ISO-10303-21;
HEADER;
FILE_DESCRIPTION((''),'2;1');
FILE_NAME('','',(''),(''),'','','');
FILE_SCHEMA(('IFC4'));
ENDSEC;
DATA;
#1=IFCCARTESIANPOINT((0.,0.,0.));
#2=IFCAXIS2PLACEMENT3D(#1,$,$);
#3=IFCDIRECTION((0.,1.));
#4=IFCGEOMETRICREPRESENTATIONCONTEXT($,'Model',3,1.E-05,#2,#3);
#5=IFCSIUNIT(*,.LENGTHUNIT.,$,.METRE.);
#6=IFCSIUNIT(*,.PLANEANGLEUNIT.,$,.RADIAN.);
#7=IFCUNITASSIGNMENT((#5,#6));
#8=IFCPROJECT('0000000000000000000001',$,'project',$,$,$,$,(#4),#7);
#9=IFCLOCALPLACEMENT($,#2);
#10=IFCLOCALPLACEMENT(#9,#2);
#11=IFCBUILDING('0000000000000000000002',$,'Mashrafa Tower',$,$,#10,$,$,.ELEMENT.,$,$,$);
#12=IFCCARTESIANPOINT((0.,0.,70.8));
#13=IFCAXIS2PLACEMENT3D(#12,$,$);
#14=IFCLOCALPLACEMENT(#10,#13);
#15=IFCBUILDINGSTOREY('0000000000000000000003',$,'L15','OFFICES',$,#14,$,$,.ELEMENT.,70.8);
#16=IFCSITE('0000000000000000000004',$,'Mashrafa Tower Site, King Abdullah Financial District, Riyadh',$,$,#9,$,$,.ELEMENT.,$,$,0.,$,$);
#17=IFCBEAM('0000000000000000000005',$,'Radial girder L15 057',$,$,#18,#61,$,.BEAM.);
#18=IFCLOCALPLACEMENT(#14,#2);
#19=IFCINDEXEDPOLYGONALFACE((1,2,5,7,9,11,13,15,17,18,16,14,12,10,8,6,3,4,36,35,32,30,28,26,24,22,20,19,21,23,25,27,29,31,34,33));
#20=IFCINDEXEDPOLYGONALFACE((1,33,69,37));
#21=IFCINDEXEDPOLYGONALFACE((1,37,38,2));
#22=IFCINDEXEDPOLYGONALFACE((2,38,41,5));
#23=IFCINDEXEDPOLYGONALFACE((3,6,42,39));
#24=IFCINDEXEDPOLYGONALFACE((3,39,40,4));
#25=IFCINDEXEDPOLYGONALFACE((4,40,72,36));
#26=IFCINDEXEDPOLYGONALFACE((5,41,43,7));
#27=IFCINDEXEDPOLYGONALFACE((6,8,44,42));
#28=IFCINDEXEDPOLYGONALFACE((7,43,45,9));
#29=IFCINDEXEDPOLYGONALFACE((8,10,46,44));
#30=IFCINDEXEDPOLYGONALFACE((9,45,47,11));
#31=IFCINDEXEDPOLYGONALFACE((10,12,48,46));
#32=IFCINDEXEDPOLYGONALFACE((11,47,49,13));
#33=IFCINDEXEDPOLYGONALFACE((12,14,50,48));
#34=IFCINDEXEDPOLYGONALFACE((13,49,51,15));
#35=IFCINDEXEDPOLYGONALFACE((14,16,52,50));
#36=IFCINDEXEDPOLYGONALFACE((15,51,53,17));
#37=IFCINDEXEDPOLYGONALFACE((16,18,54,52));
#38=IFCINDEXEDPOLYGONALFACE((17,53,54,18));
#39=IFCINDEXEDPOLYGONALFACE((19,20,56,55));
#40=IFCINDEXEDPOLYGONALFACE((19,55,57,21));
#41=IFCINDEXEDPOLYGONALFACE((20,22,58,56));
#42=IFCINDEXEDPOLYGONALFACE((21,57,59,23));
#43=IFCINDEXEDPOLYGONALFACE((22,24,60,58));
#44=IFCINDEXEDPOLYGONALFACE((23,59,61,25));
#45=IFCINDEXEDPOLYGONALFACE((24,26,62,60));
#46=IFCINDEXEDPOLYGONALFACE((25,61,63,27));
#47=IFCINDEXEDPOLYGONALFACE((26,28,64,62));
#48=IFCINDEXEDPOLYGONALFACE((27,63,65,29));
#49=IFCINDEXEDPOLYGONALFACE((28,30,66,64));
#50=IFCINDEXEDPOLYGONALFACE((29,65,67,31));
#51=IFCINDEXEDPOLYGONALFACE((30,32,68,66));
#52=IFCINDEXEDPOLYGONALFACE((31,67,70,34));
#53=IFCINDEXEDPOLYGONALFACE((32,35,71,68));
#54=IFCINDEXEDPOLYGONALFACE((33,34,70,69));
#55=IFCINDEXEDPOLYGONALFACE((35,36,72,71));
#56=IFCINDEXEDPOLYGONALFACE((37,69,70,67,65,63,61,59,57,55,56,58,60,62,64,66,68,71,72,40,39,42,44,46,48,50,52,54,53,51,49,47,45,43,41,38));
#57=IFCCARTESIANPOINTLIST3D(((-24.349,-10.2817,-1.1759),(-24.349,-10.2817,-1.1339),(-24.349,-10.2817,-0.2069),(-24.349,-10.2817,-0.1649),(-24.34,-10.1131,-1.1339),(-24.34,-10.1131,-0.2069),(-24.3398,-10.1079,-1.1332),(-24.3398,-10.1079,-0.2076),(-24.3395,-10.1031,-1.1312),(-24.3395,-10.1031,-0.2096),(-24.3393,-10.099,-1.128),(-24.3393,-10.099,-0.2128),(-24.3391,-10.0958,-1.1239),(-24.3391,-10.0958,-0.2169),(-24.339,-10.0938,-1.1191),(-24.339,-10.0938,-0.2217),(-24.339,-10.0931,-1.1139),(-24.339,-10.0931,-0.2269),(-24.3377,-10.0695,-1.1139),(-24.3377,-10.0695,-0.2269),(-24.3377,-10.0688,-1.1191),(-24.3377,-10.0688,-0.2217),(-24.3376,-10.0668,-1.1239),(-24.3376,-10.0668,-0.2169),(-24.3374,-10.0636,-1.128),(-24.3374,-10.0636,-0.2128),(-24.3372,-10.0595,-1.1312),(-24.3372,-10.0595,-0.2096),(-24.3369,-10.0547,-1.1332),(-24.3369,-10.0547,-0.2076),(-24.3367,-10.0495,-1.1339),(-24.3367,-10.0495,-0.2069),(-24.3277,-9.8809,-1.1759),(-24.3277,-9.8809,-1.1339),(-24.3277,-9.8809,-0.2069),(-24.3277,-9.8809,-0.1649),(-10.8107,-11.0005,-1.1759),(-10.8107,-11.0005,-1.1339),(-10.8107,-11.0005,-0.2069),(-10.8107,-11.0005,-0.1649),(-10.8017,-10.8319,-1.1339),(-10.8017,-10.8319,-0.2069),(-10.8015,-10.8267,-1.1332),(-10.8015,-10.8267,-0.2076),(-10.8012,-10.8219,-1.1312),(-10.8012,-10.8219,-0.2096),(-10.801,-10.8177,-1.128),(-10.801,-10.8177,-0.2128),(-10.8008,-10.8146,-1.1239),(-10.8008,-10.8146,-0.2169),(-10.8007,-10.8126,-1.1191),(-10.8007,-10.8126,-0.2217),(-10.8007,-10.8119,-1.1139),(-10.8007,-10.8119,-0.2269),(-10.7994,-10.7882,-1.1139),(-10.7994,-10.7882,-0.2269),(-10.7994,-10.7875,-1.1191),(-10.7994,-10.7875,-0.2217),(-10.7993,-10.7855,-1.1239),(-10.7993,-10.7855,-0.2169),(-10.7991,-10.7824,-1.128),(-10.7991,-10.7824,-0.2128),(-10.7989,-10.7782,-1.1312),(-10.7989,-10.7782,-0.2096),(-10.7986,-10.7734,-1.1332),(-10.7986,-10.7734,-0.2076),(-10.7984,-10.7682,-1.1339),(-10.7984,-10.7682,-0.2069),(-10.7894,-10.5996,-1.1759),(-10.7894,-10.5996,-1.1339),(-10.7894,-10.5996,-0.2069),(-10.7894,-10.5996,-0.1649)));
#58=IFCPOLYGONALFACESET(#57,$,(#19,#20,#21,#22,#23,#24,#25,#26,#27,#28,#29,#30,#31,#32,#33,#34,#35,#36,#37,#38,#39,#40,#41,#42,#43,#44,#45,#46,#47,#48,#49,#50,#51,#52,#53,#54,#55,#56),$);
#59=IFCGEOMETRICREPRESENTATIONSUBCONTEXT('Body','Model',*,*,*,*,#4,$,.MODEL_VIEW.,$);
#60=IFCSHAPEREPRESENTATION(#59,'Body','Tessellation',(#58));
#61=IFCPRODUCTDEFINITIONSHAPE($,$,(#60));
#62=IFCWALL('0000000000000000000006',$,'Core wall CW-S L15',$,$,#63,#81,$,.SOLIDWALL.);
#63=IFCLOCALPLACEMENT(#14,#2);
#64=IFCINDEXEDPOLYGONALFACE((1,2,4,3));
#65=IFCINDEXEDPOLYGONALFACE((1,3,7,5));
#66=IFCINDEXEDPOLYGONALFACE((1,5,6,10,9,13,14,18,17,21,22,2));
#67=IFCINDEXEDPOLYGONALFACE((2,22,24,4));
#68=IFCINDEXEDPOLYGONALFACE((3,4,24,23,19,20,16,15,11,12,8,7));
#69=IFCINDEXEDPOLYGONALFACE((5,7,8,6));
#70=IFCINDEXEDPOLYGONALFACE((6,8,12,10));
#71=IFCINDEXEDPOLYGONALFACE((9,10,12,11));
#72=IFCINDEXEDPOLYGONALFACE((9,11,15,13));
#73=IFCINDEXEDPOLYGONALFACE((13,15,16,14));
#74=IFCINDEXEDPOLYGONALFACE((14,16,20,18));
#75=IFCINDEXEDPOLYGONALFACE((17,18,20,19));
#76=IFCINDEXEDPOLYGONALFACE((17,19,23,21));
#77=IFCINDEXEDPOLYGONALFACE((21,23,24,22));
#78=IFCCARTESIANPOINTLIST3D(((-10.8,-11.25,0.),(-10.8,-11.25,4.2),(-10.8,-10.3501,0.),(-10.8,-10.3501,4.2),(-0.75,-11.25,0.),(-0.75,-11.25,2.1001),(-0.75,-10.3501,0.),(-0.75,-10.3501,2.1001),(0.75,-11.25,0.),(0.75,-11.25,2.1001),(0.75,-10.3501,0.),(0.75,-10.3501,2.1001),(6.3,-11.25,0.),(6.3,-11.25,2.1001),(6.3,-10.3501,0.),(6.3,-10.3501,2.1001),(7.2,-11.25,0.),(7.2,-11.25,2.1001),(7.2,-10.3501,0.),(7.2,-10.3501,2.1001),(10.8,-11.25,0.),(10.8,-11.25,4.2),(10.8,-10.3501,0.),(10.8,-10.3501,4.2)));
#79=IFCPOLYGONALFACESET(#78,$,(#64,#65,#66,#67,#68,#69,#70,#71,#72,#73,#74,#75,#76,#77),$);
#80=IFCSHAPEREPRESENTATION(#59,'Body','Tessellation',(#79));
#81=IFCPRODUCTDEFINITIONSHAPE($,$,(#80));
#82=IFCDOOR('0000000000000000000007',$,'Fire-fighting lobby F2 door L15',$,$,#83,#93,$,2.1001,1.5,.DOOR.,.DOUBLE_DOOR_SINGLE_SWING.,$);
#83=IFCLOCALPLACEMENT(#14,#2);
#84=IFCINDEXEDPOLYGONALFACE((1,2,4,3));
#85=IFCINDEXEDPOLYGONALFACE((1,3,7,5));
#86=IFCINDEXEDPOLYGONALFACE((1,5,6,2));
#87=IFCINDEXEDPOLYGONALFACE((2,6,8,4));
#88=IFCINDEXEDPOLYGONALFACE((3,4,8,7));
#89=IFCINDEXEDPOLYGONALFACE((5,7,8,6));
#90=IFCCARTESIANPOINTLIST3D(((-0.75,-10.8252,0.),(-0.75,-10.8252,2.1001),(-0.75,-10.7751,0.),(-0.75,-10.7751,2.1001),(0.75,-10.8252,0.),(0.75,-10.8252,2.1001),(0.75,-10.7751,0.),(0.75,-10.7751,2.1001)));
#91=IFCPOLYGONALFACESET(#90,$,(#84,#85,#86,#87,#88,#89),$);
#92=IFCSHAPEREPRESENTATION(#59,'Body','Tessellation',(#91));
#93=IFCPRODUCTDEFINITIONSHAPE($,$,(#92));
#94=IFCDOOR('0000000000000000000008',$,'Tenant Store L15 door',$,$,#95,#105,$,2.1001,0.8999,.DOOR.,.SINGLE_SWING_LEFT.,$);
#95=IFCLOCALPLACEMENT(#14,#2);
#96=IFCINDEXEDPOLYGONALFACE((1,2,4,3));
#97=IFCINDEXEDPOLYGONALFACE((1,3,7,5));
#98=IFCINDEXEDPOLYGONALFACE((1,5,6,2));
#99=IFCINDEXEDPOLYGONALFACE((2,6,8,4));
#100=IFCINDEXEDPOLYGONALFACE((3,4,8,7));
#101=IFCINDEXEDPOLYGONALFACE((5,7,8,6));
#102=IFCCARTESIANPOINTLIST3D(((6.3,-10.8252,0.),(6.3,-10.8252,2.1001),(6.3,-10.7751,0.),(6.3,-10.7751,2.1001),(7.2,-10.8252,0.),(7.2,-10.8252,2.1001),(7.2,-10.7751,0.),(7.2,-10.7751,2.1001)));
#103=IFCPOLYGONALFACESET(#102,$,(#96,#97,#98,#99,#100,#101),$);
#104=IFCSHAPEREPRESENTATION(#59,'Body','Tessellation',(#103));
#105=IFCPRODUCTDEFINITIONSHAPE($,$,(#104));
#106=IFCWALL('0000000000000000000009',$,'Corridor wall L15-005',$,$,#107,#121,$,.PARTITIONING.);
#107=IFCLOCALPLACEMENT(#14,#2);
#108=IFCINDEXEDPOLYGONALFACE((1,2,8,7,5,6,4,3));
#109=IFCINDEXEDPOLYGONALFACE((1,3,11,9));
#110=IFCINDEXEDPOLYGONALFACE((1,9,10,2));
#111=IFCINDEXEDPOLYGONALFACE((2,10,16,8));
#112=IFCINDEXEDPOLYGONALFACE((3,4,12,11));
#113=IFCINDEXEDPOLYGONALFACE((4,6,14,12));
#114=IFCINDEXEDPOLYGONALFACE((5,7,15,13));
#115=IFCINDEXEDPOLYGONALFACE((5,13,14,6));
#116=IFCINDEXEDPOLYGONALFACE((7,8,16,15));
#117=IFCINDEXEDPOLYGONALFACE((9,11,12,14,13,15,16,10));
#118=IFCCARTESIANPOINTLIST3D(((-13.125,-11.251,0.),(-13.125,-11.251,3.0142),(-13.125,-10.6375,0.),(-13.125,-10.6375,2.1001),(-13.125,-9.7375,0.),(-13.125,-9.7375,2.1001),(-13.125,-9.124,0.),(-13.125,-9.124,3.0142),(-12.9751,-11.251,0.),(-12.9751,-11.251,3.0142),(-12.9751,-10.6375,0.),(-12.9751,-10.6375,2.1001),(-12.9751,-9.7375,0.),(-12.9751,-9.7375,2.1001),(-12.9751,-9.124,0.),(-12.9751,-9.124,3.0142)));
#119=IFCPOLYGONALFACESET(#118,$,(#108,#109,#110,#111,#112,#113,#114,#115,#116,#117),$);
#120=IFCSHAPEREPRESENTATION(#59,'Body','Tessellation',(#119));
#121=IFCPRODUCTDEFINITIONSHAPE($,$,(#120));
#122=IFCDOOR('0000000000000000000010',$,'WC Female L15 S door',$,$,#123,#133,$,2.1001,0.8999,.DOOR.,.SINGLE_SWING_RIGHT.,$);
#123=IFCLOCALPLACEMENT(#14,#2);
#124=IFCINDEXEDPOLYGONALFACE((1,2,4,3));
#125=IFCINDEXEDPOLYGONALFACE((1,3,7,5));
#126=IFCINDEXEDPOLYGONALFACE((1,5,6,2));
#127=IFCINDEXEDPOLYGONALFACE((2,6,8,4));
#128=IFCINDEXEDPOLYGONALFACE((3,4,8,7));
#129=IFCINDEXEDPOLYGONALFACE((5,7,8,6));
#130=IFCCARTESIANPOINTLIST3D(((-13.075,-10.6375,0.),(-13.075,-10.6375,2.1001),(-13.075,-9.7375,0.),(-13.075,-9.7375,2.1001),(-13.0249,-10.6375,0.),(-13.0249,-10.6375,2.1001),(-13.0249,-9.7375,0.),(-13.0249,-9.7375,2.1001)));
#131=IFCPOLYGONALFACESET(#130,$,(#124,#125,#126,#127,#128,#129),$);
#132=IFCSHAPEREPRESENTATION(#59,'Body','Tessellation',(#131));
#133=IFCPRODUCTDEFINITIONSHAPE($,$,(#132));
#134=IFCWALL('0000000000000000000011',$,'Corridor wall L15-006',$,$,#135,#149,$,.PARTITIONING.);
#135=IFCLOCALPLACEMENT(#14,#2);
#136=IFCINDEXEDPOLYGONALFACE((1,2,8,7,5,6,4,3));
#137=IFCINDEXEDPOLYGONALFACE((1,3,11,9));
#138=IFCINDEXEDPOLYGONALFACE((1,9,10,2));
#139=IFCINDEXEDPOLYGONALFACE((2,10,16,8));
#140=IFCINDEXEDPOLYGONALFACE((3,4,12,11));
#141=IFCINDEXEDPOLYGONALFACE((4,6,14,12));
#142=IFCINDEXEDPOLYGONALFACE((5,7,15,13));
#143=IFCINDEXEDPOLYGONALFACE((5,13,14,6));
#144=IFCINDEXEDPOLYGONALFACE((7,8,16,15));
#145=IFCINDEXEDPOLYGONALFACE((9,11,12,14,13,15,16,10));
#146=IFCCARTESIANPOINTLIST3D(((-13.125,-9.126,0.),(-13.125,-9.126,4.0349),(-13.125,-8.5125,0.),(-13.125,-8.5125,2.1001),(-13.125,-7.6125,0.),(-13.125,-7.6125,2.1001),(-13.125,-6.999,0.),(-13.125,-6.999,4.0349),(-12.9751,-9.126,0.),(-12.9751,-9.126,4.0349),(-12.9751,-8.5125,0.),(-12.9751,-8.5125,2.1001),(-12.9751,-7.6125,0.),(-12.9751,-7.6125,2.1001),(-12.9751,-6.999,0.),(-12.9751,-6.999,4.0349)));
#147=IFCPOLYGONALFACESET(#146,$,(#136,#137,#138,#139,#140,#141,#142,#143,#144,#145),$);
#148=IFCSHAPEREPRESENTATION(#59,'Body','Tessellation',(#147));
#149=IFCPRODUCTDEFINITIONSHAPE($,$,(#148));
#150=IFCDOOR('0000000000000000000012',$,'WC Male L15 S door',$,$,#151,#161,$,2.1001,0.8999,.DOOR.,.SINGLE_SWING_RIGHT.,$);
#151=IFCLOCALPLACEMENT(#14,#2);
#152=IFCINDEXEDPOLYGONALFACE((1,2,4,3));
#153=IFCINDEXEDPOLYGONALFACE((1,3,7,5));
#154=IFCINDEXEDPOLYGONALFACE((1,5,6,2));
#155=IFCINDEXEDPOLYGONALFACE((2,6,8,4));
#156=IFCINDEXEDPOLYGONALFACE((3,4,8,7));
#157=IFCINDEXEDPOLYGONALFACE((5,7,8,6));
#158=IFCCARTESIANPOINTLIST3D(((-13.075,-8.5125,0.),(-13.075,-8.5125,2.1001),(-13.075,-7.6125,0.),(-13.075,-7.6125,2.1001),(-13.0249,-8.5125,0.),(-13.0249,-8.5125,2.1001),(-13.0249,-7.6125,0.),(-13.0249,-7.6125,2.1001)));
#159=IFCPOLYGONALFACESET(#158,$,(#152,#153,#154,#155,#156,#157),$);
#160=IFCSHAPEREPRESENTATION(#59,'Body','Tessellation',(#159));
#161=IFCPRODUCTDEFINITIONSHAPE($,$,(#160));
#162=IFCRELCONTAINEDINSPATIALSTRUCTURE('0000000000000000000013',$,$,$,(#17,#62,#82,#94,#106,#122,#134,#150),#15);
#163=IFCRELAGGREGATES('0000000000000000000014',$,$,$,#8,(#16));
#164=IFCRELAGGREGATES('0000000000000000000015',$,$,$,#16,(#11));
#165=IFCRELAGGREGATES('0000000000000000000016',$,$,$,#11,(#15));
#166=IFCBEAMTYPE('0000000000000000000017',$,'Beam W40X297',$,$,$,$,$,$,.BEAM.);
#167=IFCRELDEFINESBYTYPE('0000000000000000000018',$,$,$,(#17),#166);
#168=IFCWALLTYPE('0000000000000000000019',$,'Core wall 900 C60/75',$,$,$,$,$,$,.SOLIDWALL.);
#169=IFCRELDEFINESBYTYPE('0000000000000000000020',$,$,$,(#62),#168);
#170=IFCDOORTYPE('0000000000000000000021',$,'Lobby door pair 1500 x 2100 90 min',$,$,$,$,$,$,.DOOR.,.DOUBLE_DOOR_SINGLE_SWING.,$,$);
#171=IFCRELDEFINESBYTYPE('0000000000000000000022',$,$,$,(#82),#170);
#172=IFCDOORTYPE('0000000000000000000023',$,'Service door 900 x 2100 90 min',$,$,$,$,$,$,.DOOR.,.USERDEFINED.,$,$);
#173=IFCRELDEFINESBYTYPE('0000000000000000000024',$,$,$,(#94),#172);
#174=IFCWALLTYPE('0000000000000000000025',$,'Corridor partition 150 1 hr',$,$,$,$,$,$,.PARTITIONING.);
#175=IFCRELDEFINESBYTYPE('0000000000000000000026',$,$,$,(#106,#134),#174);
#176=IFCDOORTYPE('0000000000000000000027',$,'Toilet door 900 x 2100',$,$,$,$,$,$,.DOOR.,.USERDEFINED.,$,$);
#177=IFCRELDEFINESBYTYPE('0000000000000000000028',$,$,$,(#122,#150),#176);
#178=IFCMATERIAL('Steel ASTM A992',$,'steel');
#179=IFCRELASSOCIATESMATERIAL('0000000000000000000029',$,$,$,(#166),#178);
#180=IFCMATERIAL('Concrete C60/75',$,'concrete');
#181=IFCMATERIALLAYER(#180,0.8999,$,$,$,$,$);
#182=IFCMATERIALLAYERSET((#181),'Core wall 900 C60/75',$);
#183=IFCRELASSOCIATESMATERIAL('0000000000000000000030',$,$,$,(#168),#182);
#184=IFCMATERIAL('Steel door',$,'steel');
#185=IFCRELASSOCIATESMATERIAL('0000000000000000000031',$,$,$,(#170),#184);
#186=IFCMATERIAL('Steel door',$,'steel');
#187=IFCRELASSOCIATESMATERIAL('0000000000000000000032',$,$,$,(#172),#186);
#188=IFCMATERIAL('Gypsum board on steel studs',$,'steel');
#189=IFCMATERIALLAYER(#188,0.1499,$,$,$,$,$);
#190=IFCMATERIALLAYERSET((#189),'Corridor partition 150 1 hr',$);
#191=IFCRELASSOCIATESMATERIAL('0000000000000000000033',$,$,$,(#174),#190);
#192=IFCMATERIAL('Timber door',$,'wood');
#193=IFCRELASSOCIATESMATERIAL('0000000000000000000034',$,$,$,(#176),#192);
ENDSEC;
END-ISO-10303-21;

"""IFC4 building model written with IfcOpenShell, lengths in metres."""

from ifc_helpers import new_model, si_unit, direction, frame, frame_2d, origin, origin_2d, place, context, subcontext, project, spatial, rectangle, i_section, extrude, material, layer, layer_set, material_profile, profile_set, type_object, element, fill, save


model = new_model("IFC4")

# Units and contexts
model_context = context("Model", 3, precision=1e-05, world=origin(), true_north=direction((0.0, 1.0)))
body_context = subcontext(model_context, "Body", "Model", "MODEL_VIEW")
ifc_project = project(units=[si_unit("LENGTHUNIT", "METRE"), si_unit("PLANEANGLEUNIT", "RADIAN")], contexts=[model_context])

# Site, building, storey
site_placement = place(None, origin())
site = spatial("IfcSite", under=ifc_project, at=site_placement, Name="Mashrafa Tower Site, King Abdullah Financial District, Riyadh", CompositionType="ELEMENT", RefElevation=0.0)
building_placement = place(site_placement, origin())
building = spatial("IfcBuilding", under=site, at=building_placement, Name="Mashrafa Tower", CompositionType="ELEMENT")
storey_placement = place(building_placement, frame((0.0, 0.0, 70.8)))
storey = spatial("IfcBuildingStorey", under=building, at=storey_placement, Name="L15", Description="OFFICES", CompositionType="ELEMENT", Elevation=70.8)

# Beam
ifc_material_1 = material(Name="Steel ASTM A992", Category="steel")
ifc_material_profile_1 = material_profile(ifc_material_1, i_section(OverallWidth=0.4014, OverallDepth=1.011, WebThickness=0.0237, FlangeThickness=0.042, FilletRadius=0.02, at=origin_2d()), Name="W40X297")
ifc_profile_set_1 = profile_set([ifc_material_profile_1], Name="Steel ASTM A992")
beam_type_1 = type_object("IfcBeamType", Name="Beam W40X297", PredefinedType="BEAM", material=ifc_profile_set_1)
beam_1_placement = place(storey_placement, frame((-10.8, -10.8, -0.6704), z_axis=(-0.998594, 0.053015, 0.0), x_axis=(-0.053015, -0.998594, 0.0)))
element("IfcBeam", 1, at=beam_1_placement, inside=storey, type_object=beam_type_1, Name="Radial girder L15 057", PredefinedType="BEAM", context=body_context, shape_type="SweptSolid", body=[
    extrude(i_section(OverallWidth=0.4014, OverallDepth=1.011, WebThickness=0.0237, FlangeThickness=0.042, FilletRadius=0.02, at=origin_2d()), origin(), (0.0, 0.0, 1.0), 13.5574),
])

# Wall, openings, doors
ifc_material_2 = material(Name="Concrete C60/75", Category="concrete")
ifc_layer_1 = layer(ifc_material_2, 0.8999)
ifc_layer_set_1 = layer_set([ifc_layer_1], Name="Core wall 900 C60/75")
wall_type_1 = type_object("IfcWallType", Name="Core wall 900 C60/75", PredefinedType="SOLIDWALL", material=ifc_layer_set_1)
wall_1_placement = place(storey_placement, frame((-10.8, -10.8, 0.0), z_axis=(0.0, 0.0, 1.0), x_axis=(1.0, 0.0, 0.0)))
wall_1 = element("IfcWall", 2, at=wall_1_placement, inside=storey, type_object=wall_type_1, Name="Core wall CW-S L15", PredefinedType="SOLIDWALL", context=body_context, shape_type="SweptSolid", body=[
    extrude(rectangle(XDim=21.6001, YDim=0.8999, at=frame_2d((10.8, 0.0))), origin(), (0.0, 0.0, 1.0), 4.2),
])
opening_1_placement = place(wall_1_placement, frame((10.05, 0.0, 0.0)))
opening_1 = element("IfcOpeningElement", 3, at=opening_1_placement, cuts=wall_1, PredefinedType="OPENING", context=body_context, shape_type="SweptSolid", body=[
    extrude(rectangle(XDim=1.5, YDim=2.1001, at=frame_2d((0.75, 1.05))), frame((0.0, 0.46, 0.0), z_axis=(0.0, -1.0, 0.0), x_axis=(1.0, 0.0, 0.0)), (0.0, 0.0, 1.0), 0.9199),
])
opening_2_placement = place(wall_1_placement, frame((17.1001, 0.0, 0.0)))
opening_2 = element("IfcOpeningElement", 4, at=opening_2_placement, cuts=wall_1, PredefinedType="OPENING", context=body_context, shape_type="SweptSolid", body=[
    extrude(rectangle(XDim=0.8999, YDim=2.1001, at=frame_2d((0.45, 1.05))), frame((0.0, 0.46, 0.0), z_axis=(0.0, -1.0, 0.0), x_axis=(1.0, 0.0, 0.0)), (0.0, 0.0, 1.0), 0.9199),
])
ifc_material_3 = material(Name="Steel door", Category="steel")
door_type_1 = type_object("IfcDoorType", Name="Lobby door pair 1500 x 2100 90 min", OperationType="DOUBLE_DOOR_SINGLE_SWING", PredefinedType="DOOR", material=ifc_material_3)
door_1_placement = place(opening_1_placement, origin())
door_1 = element("IfcDoor", 5, at=door_1_placement, inside=storey, type_object=door_type_1, Name="Fire-fighting lobby F2 door L15", OperationType="DOUBLE_DOOR_SINGLE_SWING", OverallHeight=2.1001, OverallWidth=1.5, PredefinedType="DOOR", context=body_context, shape_type="SweptSolid", body=[
    extrude(rectangle(XDim=1.5, YDim=2.1001, at=frame_2d((0.75, 1.05))), frame((0.0, 0.0249, 0.0), z_axis=(0.0, -1.0, 0.0), x_axis=(1.0, 0.0, 0.0)), (0.0, 0.0, 1.0), 0.05),
])
fill(opening_1, door_1)
ifc_material_4 = material(Name="Steel door", Category="steel")
door_type_2 = type_object("IfcDoorType", Name="Service door 900 x 2100 90 min", OperationType="USERDEFINED", PredefinedType="DOOR", material=ifc_material_4)
door_2_placement = place(opening_2_placement, origin())
door_2 = element("IfcDoor", 6, at=door_2_placement, inside=storey, type_object=door_type_2, Name="Tenant Store L15 door", OperationType="SINGLE_SWING_LEFT", OverallHeight=2.1001, OverallWidth=0.8999, PredefinedType="DOOR", context=body_context, shape_type="SweptSolid", body=[
    extrude(rectangle(XDim=0.8999, YDim=2.1001, at=frame_2d((0.45, 1.05))), frame((0.0, 0.0249, 0.0), z_axis=(0.0, -1.0, 0.0), x_axis=(1.0, 0.0, 0.0)), (0.0, 0.0, 1.0), 0.05),
])
fill(opening_2, door_2)

# Walls, openings, doors
ifc_material_5 = material(Name="Gypsum board on steel studs", Category="steel")
ifc_layer_2 = layer(ifc_material_5, 0.1499)
ifc_layer_set_2 = layer_set([ifc_layer_2], Name="Corridor partition 150 1 hr")
wall_type_2 = type_object("IfcWallType", Name="Corridor partition 150 1 hr", PredefinedType="PARTITIONING", material=ifc_layer_set_2)
wall_2_placement = place(storey_placement, frame((-13.05, -9.124, 0.0), z_axis=(0.0, 0.0, 1.0), x_axis=(0.0, -1.0, 0.0)))
wall_2 = element("IfcWall", 7, at=wall_2_placement, inside=storey, type_object=wall_type_2, Name="Corridor wall L15-005", PredefinedType="PARTITIONING", context=body_context, shape_type="SweptSolid", body=[
    extrude(rectangle(XDim=2.127, YDim=0.1499, at=frame_2d((1.0635, 0.0))), origin(), (0.0, 0.0, 1.0), 3.0142),
])
opening_3_placement = place(wall_2_placement, frame((0.6135, 0.0, 0.0)))
opening_3 = element("IfcOpeningElement", 8, at=opening_3_placement, cuts=wall_2, PredefinedType="OPENING", context=body_context, shape_type="SweptSolid", body=[
    extrude(rectangle(XDim=0.8999, YDim=2.1001, at=frame_2d((0.45, 1.05))), frame((0.0, 0.085, 0.0), z_axis=(0.0, -1.0, 0.0), x_axis=(1.0, 0.0, 0.0)), (0.0, 0.0, 1.0), 0.1699),
])
ifc_material_6 = material(Name="Timber door", Category="wood")
door_type_3 = type_object("IfcDoorType", Name="Toilet door 900 x 2100", OperationType="USERDEFINED", PredefinedType="DOOR", material=ifc_material_6)
door_3_placement = place(opening_3_placement, frame((0.8999, 0.0, 0.0), z_axis=(0.0, 0.0, 1.0), x_axis=(-1.0, 0.0, 0.0)))
door_3 = element("IfcDoor", 9, at=door_3_placement, inside=storey, type_object=door_type_3, Name="WC Female L15 S door", OperationType="SINGLE_SWING_RIGHT", OverallHeight=2.1001, OverallWidth=0.8999, PredefinedType="DOOR", context=body_context, shape_type="SweptSolid", body=[
    extrude(rectangle(XDim=0.8999, YDim=2.1001, at=frame_2d((0.45, 1.05))), frame((0.0, 0.0249, 0.0), z_axis=(0.0, -1.0, 0.0), x_axis=(1.0, 0.0, 0.0)), (0.0, 0.0, 1.0), 0.05),
])
fill(opening_3, door_3)
wall_3_placement = place(storey_placement, frame((-13.05, -6.999, 0.0), z_axis=(0.0, 0.0, 1.0), x_axis=(0.0, -1.0, 0.0)))
wall_3 = element("IfcWall", 10, at=wall_3_placement, inside=storey, type_object=wall_type_2, Name="Corridor wall L15-006", PredefinedType="PARTITIONING", context=body_context, shape_type="SweptSolid", body=[
    extrude(rectangle(XDim=2.127, YDim=0.1499, at=frame_2d((1.0635, 0.0))), origin(), (0.0, 0.0, 1.0), 4.0349),
])
opening_4_placement = place(wall_3_placement, frame((0.6135, 0.0, 0.0)))
opening_4 = element("IfcOpeningElement", 11, at=opening_4_placement, cuts=wall_3, PredefinedType="OPENING", context=body_context, shape_type="SweptSolid", body=[
    extrude(rectangle(XDim=0.8999, YDim=2.1001, at=frame_2d((0.45, 1.05))), frame((0.0, 0.085, 0.0), z_axis=(0.0, -1.0, 0.0), x_axis=(1.0, 0.0, 0.0)), (0.0, 0.0, 1.0), 0.1699),
])
door_4_placement = place(opening_4_placement, frame((0.8999, 0.0, 0.0), z_axis=(0.0, 0.0, 1.0), x_axis=(-1.0, 0.0, 0.0)))
door_4 = element("IfcDoor", 12, at=door_4_placement, inside=storey, type_object=door_type_3, Name="WC Male L15 S door", OperationType="SINGLE_SWING_RIGHT", OverallHeight=2.1001, OverallWidth=0.8999, PredefinedType="DOOR", context=body_context, shape_type="SweptSolid", body=[
    extrude(rectangle(XDim=0.8999, YDim=2.1001, at=frame_2d((0.45, 1.05))), frame((0.0, 0.0249, 0.0), z_axis=(0.0, -1.0, 0.0), x_axis=(1.0, 0.0, 0.0)), (0.0, 0.0, 1.0), 0.05),
])
fill(opening_4, door_4)

save(model, "model.ifc")
